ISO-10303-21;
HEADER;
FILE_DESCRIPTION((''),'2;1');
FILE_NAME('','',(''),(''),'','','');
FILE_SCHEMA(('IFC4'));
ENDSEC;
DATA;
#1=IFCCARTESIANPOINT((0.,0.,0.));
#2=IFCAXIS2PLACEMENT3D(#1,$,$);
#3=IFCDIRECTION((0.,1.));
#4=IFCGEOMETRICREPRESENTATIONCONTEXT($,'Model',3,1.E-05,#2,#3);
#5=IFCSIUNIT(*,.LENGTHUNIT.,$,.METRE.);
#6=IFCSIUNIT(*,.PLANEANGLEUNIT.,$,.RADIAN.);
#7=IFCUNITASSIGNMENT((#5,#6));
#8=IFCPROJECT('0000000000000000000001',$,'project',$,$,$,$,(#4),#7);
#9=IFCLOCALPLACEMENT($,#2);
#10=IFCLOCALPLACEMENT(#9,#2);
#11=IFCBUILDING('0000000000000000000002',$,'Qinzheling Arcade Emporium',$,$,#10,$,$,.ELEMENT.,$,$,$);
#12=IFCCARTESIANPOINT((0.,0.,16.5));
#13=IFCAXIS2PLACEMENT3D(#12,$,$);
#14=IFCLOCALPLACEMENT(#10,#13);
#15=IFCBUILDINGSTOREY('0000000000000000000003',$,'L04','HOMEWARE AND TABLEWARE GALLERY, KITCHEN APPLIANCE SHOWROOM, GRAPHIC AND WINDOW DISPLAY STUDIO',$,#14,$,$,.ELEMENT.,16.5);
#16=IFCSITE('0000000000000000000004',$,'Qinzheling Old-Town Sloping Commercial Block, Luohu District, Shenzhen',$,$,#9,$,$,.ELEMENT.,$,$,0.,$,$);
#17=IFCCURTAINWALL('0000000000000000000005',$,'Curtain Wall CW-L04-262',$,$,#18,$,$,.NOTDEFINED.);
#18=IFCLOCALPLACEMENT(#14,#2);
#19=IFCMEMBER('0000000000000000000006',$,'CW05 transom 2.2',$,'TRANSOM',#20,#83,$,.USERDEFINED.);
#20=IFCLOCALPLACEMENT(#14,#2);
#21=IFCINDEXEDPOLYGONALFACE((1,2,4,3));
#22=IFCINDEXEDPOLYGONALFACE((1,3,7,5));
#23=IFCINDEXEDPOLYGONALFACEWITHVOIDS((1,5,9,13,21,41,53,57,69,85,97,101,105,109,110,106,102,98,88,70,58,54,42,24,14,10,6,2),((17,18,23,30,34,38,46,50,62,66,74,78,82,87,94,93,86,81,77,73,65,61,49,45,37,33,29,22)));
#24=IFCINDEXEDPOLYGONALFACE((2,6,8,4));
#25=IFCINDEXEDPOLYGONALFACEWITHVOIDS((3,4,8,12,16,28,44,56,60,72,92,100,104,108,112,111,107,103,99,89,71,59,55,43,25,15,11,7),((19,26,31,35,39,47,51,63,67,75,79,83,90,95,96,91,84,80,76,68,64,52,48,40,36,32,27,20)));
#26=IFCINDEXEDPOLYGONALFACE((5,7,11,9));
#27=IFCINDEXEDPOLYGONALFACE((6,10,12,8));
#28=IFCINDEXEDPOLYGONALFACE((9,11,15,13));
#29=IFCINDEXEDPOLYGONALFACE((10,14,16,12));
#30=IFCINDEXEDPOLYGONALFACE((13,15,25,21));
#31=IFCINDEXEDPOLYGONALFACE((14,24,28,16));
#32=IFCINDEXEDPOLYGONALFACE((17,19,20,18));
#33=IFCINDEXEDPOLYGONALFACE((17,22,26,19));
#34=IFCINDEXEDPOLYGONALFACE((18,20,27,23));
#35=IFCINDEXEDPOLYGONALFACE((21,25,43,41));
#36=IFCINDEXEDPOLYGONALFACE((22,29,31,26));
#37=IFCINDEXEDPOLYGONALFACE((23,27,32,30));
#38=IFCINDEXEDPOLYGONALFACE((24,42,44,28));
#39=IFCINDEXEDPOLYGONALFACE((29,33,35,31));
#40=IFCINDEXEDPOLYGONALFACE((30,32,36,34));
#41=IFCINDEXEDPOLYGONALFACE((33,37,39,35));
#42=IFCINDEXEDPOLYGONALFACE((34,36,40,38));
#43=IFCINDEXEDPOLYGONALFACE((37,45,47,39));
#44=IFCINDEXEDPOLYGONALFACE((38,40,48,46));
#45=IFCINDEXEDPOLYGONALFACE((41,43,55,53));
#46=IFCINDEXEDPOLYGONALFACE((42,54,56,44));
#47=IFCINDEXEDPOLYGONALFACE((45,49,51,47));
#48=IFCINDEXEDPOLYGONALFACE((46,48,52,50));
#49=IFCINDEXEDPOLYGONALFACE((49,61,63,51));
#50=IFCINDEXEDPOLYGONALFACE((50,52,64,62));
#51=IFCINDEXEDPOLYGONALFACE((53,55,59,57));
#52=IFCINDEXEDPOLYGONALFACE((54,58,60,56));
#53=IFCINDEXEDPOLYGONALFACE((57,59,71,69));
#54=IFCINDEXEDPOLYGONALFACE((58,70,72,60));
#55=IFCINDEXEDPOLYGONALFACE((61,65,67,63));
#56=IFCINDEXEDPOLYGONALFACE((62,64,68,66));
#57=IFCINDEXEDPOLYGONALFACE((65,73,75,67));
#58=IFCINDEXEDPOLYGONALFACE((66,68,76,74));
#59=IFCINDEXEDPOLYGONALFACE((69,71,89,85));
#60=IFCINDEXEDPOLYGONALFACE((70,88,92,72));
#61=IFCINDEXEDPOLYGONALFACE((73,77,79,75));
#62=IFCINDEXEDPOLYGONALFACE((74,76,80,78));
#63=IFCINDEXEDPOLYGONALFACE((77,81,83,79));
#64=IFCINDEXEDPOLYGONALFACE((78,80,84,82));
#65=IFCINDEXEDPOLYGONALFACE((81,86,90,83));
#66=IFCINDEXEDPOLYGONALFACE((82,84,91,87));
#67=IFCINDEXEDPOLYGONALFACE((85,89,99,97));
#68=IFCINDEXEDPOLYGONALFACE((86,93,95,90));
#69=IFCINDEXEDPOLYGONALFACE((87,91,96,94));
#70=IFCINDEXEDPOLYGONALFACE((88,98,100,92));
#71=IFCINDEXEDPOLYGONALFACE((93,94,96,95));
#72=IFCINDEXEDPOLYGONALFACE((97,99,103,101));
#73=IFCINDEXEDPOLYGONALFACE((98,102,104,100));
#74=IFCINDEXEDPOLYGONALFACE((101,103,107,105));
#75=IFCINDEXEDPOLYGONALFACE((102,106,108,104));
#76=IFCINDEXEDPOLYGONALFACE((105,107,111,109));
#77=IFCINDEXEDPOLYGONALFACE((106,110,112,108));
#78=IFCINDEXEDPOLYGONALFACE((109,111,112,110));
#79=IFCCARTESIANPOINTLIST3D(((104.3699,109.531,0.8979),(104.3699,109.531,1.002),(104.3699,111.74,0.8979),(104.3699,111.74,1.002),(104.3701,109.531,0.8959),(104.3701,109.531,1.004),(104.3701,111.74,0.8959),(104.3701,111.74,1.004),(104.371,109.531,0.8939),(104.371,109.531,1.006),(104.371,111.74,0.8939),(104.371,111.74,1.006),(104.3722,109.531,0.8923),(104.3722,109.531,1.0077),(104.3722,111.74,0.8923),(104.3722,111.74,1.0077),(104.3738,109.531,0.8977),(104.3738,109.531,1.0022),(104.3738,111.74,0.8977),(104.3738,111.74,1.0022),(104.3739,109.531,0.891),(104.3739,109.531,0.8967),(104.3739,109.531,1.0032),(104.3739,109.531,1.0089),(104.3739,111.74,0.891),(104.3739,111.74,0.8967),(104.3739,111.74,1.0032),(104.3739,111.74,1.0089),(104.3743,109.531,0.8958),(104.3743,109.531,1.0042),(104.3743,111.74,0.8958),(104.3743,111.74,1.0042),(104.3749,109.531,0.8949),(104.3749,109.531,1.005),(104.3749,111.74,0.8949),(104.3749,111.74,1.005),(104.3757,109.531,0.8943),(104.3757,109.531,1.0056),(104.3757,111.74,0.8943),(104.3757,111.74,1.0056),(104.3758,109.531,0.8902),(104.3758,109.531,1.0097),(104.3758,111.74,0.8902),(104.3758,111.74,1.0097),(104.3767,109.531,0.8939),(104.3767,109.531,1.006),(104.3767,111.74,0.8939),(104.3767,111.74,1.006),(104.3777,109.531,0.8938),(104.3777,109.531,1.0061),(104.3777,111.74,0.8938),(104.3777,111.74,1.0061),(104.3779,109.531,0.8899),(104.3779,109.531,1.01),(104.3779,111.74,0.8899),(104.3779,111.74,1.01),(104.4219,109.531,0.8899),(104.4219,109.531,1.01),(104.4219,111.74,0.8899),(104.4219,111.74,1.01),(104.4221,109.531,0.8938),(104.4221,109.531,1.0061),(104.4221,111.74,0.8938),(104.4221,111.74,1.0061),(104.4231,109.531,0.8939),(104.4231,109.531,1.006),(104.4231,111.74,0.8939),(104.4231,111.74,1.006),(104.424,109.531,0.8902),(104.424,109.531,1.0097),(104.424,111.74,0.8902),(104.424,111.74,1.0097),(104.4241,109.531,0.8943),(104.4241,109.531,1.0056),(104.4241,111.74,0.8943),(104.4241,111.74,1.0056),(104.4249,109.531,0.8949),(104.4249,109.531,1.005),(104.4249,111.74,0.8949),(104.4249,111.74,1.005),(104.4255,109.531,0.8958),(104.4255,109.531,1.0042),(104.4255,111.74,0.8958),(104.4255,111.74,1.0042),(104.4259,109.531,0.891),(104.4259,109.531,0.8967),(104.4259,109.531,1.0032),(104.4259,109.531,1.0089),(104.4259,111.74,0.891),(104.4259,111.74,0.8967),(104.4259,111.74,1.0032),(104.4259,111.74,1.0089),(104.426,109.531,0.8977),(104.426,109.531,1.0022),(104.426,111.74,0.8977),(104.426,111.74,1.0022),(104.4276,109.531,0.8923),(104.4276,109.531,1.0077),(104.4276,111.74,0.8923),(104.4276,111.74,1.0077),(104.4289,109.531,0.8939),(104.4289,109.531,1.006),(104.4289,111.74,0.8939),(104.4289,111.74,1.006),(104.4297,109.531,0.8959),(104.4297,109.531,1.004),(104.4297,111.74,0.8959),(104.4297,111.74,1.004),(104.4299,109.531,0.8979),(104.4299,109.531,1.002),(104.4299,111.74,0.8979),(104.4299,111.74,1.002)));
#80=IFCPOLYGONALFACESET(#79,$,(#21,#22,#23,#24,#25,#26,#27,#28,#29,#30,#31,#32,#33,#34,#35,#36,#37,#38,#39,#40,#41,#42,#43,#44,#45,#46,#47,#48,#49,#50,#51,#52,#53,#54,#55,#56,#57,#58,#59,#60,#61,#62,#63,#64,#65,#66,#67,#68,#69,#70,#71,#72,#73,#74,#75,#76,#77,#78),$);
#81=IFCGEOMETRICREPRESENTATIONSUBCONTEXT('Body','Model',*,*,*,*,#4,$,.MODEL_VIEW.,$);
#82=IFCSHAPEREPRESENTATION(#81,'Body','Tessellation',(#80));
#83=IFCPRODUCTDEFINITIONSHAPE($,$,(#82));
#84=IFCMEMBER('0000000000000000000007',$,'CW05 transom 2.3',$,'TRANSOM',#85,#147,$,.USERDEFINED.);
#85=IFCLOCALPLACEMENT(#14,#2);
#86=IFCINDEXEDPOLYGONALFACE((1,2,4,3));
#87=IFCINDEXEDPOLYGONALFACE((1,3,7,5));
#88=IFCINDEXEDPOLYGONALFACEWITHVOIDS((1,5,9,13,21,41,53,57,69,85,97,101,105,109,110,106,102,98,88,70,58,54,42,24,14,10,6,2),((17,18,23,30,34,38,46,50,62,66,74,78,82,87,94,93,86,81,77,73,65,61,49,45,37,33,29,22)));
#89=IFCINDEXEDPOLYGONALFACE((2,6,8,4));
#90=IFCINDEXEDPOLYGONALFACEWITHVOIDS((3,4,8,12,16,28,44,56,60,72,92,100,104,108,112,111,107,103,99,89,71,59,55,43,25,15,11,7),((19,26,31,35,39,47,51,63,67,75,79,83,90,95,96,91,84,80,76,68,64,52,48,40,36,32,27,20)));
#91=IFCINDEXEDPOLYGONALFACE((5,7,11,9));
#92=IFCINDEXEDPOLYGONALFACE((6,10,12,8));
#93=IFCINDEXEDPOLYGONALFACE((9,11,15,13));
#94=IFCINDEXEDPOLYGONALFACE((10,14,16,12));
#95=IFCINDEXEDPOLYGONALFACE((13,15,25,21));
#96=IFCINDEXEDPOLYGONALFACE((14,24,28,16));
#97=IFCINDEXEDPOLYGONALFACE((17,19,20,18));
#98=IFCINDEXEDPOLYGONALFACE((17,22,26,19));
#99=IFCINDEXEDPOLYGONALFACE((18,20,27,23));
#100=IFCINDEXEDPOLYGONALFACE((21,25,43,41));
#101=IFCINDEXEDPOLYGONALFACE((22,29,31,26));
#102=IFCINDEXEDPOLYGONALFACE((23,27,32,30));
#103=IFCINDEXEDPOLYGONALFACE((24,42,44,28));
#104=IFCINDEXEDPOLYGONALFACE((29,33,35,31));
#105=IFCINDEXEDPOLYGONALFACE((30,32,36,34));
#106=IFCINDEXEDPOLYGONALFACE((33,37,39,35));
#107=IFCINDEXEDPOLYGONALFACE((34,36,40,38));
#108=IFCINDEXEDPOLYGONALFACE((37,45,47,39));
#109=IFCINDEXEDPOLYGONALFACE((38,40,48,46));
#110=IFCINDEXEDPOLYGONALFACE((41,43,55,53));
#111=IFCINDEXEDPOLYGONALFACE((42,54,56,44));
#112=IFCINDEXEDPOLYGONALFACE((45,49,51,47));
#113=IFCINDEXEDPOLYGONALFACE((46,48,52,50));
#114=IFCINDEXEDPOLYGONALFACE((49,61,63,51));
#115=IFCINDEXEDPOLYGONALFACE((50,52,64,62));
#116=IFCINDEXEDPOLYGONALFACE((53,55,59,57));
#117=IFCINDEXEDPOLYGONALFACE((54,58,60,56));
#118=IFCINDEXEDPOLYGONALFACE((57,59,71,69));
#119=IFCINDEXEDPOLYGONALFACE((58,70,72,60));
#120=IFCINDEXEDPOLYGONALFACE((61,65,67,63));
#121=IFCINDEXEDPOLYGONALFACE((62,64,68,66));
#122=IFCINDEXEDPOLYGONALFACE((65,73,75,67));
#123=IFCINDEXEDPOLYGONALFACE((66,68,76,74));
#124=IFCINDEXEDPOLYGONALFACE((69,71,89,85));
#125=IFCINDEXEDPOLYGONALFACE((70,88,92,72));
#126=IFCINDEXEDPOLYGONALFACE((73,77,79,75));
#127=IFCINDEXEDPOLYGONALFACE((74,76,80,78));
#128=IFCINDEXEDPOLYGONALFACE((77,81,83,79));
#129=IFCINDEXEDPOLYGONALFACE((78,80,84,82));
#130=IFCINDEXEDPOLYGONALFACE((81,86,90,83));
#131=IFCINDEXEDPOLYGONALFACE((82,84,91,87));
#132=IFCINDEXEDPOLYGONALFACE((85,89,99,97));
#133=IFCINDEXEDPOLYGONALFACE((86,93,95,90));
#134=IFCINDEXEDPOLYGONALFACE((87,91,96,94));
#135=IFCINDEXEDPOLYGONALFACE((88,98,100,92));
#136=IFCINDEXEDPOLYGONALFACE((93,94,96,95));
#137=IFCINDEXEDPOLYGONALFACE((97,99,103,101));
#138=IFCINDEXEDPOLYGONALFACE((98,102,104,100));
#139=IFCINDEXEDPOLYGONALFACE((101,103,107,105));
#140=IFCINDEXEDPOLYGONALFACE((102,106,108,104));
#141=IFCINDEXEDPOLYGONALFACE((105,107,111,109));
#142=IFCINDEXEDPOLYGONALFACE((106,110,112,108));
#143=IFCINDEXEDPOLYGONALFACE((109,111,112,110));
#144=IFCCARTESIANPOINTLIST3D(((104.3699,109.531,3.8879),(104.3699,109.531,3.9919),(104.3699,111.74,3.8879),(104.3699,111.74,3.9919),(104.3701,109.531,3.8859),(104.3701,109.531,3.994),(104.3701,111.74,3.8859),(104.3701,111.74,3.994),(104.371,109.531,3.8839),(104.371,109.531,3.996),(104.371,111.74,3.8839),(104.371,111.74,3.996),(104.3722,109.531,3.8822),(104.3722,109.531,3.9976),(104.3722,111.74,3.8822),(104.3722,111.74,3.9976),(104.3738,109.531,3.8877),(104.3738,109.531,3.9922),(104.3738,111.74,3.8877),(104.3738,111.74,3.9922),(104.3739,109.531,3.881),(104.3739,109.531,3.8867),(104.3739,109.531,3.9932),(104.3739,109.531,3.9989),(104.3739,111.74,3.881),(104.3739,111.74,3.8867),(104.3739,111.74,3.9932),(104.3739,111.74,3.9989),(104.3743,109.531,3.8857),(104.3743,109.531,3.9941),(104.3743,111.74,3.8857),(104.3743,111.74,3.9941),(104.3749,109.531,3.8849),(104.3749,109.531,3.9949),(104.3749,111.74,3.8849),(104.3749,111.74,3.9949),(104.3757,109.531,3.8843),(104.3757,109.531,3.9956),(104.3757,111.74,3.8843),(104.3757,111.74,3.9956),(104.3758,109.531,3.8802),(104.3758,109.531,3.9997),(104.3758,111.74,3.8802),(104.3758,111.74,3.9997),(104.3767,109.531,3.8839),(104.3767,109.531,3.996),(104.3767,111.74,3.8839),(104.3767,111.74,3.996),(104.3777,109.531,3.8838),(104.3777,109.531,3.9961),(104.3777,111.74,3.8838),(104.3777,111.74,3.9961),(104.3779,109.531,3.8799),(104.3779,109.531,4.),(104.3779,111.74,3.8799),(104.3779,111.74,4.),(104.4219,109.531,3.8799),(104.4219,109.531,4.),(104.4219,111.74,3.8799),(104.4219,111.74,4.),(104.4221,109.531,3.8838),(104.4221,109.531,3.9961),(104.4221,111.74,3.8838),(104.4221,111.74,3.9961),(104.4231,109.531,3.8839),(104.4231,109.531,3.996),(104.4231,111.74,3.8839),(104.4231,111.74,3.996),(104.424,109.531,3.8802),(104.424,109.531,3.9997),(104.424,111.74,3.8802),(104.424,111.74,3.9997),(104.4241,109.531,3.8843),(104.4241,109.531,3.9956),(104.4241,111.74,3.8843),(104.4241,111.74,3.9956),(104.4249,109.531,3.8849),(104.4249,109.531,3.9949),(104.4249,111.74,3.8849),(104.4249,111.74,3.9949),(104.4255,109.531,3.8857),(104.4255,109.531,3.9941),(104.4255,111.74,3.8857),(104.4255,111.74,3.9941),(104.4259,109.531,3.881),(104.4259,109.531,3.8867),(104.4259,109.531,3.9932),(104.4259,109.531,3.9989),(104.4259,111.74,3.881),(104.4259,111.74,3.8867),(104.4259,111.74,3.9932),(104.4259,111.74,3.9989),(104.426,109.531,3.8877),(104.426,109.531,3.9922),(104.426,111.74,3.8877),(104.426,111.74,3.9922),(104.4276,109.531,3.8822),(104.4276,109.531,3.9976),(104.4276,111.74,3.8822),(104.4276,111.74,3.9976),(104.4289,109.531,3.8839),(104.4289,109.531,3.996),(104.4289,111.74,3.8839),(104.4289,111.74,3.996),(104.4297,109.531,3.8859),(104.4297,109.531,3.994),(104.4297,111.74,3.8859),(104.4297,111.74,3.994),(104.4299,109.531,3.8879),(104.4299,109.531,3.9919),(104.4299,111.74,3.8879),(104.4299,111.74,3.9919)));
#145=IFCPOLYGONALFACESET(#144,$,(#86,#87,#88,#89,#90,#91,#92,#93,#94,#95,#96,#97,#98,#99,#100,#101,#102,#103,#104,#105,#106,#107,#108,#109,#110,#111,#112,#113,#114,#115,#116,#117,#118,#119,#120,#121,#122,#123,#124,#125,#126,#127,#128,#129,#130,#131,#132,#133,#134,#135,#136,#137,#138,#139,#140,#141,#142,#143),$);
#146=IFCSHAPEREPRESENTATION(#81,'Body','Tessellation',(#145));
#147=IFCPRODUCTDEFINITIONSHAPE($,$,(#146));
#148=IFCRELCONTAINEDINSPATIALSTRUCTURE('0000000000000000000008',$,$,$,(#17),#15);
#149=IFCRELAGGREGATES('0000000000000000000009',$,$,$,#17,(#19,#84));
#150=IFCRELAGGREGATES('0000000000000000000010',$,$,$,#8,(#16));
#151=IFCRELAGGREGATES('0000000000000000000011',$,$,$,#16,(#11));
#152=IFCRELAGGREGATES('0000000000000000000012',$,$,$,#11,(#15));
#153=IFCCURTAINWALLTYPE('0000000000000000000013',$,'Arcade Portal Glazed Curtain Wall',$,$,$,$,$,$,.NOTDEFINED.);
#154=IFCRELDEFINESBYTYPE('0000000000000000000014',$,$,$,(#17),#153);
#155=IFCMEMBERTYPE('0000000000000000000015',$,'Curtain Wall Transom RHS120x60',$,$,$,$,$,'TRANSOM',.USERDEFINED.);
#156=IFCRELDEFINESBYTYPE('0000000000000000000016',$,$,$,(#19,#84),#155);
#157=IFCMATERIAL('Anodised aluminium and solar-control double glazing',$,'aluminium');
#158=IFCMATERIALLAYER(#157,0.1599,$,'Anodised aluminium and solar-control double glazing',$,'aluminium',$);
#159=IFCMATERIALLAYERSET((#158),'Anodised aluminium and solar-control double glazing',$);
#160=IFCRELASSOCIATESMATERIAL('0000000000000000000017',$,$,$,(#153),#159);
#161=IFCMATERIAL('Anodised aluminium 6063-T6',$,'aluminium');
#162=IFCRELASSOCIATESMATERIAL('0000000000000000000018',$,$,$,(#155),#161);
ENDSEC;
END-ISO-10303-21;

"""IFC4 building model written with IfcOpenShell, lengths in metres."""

from ifc_helpers import new_model, si_unit, direction, frame, origin, origin_2d, place, context, subcontext, project, spatial, hollow_rectangle, extrude, material, layer, layer_set, material_profile, profile_set, type_object, element, aggregate, save


model = new_model("IFC4")

# Units and contexts
model_context = context("Model", 3, precision=1e-05, world=origin(), true_north=direction((0.0, 1.0)))
body_context = subcontext(model_context, "Body", "Model", "MODEL_VIEW")
ifc_project = project(units=[si_unit("LENGTHUNIT", "METRE"), si_unit("PLANEANGLEUNIT", "RADIAN")], contexts=[model_context])

# Site, building, storey
site_placement = place(None, origin())
site = spatial("IfcSite", under=ifc_project, at=site_placement, Name="Qinzheling Old-Town Sloping Commercial Block, Luohu District, Shenzhen", CompositionType="ELEMENT", RefElevation=0.0)
building_placement = place(site_placement, origin())
building = spatial("IfcBuilding", under=site, at=building_placement, Name="Qinzheling Arcade Emporium", CompositionType="ELEMENT")
storey_placement = place(building_placement, frame((0.0, 0.0, 16.5)))
storey = spatial("IfcBuildingStorey", under=building, at=storey_placement, Name="L04", Description="HOMEWARE AND TABLEWARE GALLERY, KITCHEN APPLIANCE SHOWROOM, GRAPHIC AND WINDOW DISPLAY STUDIO", CompositionType="ELEMENT", Elevation=16.5)

# Curtain wall
ifc_material_1 = material(Name="Anodised aluminium and solar-control double glazing", Category="aluminium")
ifc_layer_1 = layer(ifc_material_1, 0.1599, Name="Anodised aluminium and solar-control double glazing", Category="aluminium")
ifc_layer_set_1 = layer_set([ifc_layer_1], Name="Anodised aluminium and solar-control double glazing")
curtain_wall_type = type_object("IfcCurtainWallType", Name="Arcade Portal Glazed Curtain Wall", PredefinedType="NOTDEFINED", material=ifc_layer_set_1)
curtain_wall_1_placement = place(storey_placement, origin())
curtain_wall_1 = element("IfcCurtainWall", 1, at=curtain_wall_1_placement, inside=storey, type_object=curtain_wall_type, Name="Curtain Wall CW-L04-262", PredefinedType="NOTDEFINED")
ifc_material_2 = material(Name="Anodised aluminium 6063-T6", Category="aluminium")

# Members
ifc_material_profile_1 = material_profile(ifc_material_2, hollow_rectangle(XDim=0.0601, YDim=0.1201, WallThickness=0.0039, InnerFilletRadius=0.0039, OuterFilletRadius=0.0081, at=origin_2d()), Name="RHS 120x60x4", Category="aluminium")
ifc_profile_set_1 = profile_set([ifc_material_profile_1], Name="Anodised aluminium 6063-T6")
member_type_1 = type_object("IfcMemberType", Name="Curtain Wall Transom RHS120x60", ElementType="TRANSOM", PredefinedType="USERDEFINED", material=ifc_profile_set_1)
member_1_placement = place(storey_placement, frame((104.3999, 109.531, 0.95), z_axis=(0.0, 1.0, 0.0), x_axis=(-1.0, 0.0, 0.0)))
member_1 = element("IfcMember", 2, at=member_1_placement, type_object=member_type_1, Name="CW05 transom 2.2", ObjectType="TRANSOM", PredefinedType="USERDEFINED", context=body_context, shape_type="SweptSolid", body=[
    extrude(hollow_rectangle(XDim=0.0601, YDim=0.1201, WallThickness=0.0039, InnerFilletRadius=0.0039, OuterFilletRadius=0.0081, at=origin_2d()), origin(), (0.0, 0.0, 1.0), 2.209),
])
member_2_placement = place(storey_placement, frame((104.3999, 109.531, 3.9399), z_axis=(0.0, 1.0, 0.0), x_axis=(-1.0, 0.0, 0.0)))
member_2 = element("IfcMember", 3, at=member_2_placement, type_object=member_type_1, Name="CW05 transom 2.3", ObjectType="TRANSOM", PredefinedType="USERDEFINED", context=body_context, shape_type="SweptSolid", body=[
    extrude(hollow_rectangle(XDim=0.0601, YDim=0.1201, WallThickness=0.0039, InnerFilletRadius=0.0039, OuterFilletRadius=0.0081, at=origin_2d()), origin(), (0.0, 0.0, 1.0), 2.209),
])

aggregate(curtain_wall_1, [member_1, member_2])

save(model, "model.ifc")
